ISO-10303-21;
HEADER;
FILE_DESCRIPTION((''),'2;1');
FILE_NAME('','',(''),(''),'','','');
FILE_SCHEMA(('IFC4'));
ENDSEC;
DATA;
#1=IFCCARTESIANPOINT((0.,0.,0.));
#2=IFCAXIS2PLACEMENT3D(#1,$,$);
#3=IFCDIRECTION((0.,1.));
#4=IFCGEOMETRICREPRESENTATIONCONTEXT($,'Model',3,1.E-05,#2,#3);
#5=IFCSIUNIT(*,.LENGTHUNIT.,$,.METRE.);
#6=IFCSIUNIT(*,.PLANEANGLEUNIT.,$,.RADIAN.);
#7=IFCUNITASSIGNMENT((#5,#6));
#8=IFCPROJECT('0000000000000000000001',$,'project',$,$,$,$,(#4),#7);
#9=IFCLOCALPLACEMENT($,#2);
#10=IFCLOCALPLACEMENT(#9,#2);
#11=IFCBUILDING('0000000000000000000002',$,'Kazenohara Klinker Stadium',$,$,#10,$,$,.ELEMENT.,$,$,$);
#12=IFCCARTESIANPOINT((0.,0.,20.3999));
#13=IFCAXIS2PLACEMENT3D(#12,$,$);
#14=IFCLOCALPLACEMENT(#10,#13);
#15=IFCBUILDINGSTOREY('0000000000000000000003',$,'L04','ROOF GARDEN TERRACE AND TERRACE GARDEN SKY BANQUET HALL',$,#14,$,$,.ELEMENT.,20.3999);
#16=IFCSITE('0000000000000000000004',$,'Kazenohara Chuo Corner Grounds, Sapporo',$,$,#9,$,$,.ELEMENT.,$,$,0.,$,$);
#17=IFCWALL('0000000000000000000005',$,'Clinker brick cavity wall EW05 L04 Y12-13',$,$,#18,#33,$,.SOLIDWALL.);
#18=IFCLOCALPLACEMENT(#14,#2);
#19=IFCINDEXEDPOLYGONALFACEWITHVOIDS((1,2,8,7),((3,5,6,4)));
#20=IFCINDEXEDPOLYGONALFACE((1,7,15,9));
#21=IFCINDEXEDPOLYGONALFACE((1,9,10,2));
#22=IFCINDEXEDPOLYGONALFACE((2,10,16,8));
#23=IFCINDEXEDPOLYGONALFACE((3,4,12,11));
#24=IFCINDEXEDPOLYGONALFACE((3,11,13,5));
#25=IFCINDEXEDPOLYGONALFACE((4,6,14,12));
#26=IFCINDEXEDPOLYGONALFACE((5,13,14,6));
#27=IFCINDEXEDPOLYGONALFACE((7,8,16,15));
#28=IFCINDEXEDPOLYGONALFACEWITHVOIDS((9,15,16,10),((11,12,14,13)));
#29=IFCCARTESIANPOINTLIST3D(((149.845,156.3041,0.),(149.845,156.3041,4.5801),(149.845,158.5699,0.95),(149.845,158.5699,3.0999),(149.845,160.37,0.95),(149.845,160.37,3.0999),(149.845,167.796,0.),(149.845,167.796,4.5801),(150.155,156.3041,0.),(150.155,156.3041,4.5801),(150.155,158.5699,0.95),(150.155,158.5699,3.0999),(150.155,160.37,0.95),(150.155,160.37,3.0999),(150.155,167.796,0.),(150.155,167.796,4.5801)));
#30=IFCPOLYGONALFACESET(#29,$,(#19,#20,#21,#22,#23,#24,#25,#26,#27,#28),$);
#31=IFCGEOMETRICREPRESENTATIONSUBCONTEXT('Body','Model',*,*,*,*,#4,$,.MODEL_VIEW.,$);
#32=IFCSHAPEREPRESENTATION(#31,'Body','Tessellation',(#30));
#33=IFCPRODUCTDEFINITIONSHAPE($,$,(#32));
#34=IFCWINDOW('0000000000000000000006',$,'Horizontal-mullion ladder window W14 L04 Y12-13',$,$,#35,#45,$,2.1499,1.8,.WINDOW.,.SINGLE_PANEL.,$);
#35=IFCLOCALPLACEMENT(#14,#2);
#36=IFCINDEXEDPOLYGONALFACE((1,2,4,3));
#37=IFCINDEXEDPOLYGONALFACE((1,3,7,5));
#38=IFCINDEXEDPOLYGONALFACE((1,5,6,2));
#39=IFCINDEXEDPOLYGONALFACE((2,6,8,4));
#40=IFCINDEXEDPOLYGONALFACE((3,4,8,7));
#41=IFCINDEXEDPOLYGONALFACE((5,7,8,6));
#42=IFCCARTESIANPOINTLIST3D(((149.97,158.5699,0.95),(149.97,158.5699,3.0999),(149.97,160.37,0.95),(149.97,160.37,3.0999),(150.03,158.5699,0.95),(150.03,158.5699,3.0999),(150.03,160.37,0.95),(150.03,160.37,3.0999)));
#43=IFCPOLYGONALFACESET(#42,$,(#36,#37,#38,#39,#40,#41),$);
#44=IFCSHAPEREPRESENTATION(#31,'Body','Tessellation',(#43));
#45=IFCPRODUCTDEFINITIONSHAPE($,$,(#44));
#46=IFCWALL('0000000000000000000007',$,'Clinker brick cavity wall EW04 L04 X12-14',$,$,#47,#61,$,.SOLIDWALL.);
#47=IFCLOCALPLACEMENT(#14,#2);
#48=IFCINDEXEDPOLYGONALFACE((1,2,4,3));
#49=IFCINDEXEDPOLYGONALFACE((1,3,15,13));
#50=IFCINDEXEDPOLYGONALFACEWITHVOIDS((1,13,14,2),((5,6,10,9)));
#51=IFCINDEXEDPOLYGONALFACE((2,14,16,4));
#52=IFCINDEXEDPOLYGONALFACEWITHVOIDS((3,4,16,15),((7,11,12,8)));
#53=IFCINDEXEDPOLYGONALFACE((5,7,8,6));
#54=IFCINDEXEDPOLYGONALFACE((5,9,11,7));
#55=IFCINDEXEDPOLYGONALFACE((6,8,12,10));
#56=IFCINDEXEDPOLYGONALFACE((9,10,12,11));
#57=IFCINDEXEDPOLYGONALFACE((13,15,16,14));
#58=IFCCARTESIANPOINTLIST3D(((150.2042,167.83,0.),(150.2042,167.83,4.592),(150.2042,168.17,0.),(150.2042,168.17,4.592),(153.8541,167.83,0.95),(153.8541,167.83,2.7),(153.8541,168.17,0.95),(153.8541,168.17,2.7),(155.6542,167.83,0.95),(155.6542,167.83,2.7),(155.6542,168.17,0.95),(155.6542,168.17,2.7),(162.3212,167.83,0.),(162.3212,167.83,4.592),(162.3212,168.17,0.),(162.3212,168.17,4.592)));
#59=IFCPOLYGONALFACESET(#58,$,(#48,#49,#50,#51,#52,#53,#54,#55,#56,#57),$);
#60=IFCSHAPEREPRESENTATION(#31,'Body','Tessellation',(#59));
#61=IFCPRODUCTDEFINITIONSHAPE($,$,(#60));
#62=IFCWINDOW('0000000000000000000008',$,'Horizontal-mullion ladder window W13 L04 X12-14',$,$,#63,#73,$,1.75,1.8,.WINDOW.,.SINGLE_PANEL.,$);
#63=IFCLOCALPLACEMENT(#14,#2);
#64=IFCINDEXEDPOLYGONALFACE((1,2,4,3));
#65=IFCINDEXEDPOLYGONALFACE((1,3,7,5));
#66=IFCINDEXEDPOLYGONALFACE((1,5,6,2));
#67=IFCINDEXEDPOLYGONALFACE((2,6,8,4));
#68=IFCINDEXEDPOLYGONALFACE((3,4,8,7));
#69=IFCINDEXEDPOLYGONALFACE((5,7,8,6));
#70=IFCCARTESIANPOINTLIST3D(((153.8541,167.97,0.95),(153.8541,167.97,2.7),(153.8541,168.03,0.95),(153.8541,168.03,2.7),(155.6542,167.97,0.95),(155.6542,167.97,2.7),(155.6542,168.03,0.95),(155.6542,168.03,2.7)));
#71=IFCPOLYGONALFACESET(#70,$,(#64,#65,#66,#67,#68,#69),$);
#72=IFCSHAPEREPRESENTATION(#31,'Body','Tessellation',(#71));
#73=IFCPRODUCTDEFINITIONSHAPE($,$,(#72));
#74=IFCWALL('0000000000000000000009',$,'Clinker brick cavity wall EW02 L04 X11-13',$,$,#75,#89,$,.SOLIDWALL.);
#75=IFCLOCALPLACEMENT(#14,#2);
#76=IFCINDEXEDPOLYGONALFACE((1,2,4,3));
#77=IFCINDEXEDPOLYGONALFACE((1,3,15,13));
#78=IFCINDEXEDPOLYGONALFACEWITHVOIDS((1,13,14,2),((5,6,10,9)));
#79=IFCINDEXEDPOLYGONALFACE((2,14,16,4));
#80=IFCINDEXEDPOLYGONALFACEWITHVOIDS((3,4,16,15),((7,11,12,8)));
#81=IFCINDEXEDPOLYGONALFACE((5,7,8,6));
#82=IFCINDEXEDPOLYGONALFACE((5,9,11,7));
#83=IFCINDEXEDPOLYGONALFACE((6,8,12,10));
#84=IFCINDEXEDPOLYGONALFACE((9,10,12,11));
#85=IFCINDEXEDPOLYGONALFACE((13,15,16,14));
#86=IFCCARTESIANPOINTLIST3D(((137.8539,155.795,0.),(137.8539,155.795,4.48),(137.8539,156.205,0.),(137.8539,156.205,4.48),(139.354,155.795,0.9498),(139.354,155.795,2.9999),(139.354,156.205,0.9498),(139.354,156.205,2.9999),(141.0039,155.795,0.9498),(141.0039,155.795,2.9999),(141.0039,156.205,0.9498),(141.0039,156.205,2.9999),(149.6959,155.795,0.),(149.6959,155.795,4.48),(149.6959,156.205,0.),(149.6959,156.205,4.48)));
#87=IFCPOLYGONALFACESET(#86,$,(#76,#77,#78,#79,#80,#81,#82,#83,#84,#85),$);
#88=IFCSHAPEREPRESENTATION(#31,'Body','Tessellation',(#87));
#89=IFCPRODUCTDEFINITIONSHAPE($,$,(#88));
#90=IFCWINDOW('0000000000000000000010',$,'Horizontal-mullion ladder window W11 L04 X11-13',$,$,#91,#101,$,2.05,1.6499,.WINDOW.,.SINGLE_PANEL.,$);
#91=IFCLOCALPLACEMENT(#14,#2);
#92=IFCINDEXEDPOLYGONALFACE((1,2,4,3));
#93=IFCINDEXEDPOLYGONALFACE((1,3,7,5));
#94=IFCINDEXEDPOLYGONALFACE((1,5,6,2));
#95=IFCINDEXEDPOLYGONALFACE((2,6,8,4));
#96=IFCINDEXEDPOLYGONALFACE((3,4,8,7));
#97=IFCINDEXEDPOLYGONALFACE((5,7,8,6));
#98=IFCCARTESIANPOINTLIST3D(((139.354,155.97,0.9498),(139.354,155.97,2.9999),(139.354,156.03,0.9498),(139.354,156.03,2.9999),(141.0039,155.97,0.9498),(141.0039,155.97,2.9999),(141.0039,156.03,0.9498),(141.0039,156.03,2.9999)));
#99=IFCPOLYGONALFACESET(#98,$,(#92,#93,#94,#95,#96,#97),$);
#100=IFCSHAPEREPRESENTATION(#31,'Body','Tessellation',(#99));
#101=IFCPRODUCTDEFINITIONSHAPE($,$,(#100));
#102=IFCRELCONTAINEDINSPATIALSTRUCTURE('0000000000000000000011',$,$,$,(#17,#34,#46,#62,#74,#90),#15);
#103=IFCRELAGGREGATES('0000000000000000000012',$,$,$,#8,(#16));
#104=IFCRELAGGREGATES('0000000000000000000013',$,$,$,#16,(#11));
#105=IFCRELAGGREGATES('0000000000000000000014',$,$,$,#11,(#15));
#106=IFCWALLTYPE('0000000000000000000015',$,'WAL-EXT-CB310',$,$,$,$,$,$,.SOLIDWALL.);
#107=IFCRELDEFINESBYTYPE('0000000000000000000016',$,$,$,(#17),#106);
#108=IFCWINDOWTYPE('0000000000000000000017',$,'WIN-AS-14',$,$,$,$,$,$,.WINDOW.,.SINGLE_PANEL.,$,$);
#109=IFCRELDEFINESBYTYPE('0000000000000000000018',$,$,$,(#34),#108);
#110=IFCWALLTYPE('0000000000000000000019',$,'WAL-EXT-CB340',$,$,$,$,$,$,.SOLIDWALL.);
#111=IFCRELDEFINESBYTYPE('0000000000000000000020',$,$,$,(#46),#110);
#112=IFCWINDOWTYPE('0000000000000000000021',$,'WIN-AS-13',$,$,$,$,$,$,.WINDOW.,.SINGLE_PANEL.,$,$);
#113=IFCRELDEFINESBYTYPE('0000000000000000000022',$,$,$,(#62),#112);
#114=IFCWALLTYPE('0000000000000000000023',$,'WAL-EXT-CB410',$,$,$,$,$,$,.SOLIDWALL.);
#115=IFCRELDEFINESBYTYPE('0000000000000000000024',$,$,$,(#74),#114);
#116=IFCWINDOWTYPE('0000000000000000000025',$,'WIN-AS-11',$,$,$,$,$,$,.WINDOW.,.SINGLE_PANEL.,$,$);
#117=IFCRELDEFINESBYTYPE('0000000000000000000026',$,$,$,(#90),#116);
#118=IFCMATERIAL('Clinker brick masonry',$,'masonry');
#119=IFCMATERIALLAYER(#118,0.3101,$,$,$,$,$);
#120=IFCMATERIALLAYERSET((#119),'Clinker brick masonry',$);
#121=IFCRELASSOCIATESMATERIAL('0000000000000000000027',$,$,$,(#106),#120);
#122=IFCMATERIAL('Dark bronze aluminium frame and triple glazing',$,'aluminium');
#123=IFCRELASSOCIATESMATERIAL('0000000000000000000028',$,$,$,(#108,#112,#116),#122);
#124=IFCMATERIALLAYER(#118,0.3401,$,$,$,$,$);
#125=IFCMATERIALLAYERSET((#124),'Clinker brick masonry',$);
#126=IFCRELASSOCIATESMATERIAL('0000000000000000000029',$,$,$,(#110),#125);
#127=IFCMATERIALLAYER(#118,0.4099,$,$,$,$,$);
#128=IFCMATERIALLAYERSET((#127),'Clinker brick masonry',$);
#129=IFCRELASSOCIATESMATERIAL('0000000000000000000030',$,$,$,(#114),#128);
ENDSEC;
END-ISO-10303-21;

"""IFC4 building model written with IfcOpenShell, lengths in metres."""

from ifc_helpers import new_model, si_unit, direction, frame, frame_2d, origin, place, context, subcontext, project, spatial, rectangle, extrude, material, layer, layer_set, type_object, element, fill, save


model = new_model("IFC4")

# Units and contexts
model_context = context("Model", 3, precision=1e-05, world=origin(), true_north=direction((0.0, 1.0)))
body_context = subcontext(model_context, "Body", "Model", "MODEL_VIEW")
ifc_project = project(units=[si_unit("LENGTHUNIT", "METRE"), si_unit("PLANEANGLEUNIT", "RADIAN")], contexts=[model_context])

# Site, building, storey
site_placement = place(None, origin())
site = spatial("IfcSite", under=ifc_project, at=site_placement, Name="Kazenohara Chuo Corner Grounds, Sapporo", CompositionType="ELEMENT", RefElevation=0.0)
building_placement = place(site_placement, origin())
building = spatial("IfcBuilding", under=site, at=building_placement, Name="Kazenohara Klinker Stadium", CompositionType="ELEMENT")
storey_placement = place(building_placement, frame((0.0, 0.0, 20.3999)))
storey = spatial("IfcBuildingStorey", under=building, at=storey_placement, Name="L04", Description="ROOF GARDEN TERRACE AND TERRACE GARDEN SKY BANQUET HALL", CompositionType="ELEMENT", Elevation=20.3999)

# Walls, openings, windows
ifc_material_1 = material(Name="Clinker brick masonry", Category="masonry")
ifc_layer_1 = layer(ifc_material_1, 0.3101)
ifc_layer_set_1 = layer_set([ifc_layer_1], Name="Clinker brick masonry")
wall_type_1 = type_object("IfcWallType", Name="WAL-EXT-CB310", PredefinedType="SOLIDWALL", material=ifc_layer_set_1)
wall_1_placement = place(storey_placement, frame((150.0, 156.304, 0.0), z_axis=(0.0, 0.0, 1.0), x_axis=(0.0, 1.0, 0.0)))
wall_1 = element("IfcWall", 1, at=wall_1_placement, inside=storey, type_object=wall_type_1, Name="Clinker brick cavity wall EW05 L04 Y12-13", PredefinedType="SOLIDWALL", context=body_context, shape_type="SweptSolid", body=[
    extrude(rectangle(XDim=11.4919, YDim=0.3101, at=frame_2d((5.7461, 0.0))), origin(), (0.0, 0.0, 1.0), 4.5801),
])
opening_1_placement = place(wall_1_placement, frame((2.2661, 0.0, 0.95)))
opening_1 = element("IfcOpeningElement", 2, at=opening_1_placement, cuts=wall_1, PredefinedType="OPENING", context=body_context, shape_type="SweptSolid", body=[
    extrude(rectangle(XDim=1.8, YDim=2.1499, at=frame_2d((0.8999, 1.075))), frame((0.0, 0.165, 0.0), z_axis=(0.0, -1.0, 0.0), x_axis=(1.0, 0.0, 0.0)), (0.0, 0.0, 1.0), 0.3301),
])
ifc_material_2 = material(Name="Dark bronze aluminium frame and triple glazing", Category="aluminium")
window_type_1 = type_object("IfcWindowType", Name="WIN-AS-14", PartitioningType="SINGLE_PANEL", PredefinedType="WINDOW", material=ifc_material_2)
window_1_placement = place(opening_1_placement, origin())
window_1 = element("IfcWindow", 3, at=window_1_placement, inside=storey, type_object=window_type_1, Name="Horizontal-mullion ladder window W14 L04 Y12-13", OverallHeight=2.1499, OverallWidth=1.8, PartitioningType="SINGLE_PANEL", PredefinedType="WINDOW", context=body_context, shape_type="SweptSolid", body=[
    extrude(rectangle(XDim=1.8, YDim=2.1499, at=frame_2d((0.8999, 1.075))), frame((0.0, 0.03, 0.0), z_axis=(0.0, -1.0, 0.0), x_axis=(1.0, 0.0, 0.0)), (0.0, 0.0, 1.0), 0.0601),
])
fill(opening_1, window_1)
ifc_layer_2 = layer(ifc_material_1, 0.3401)
ifc_layer_set_2 = layer_set([ifc_layer_2], Name="Clinker brick masonry")
wall_type_2 = type_object("IfcWallType", Name="WAL-EXT-CB340", PredefinedType="SOLIDWALL", material=ifc_layer_set_2)
wall_2_placement = place(storey_placement, frame((150.2041, 168.0, 0.0), z_axis=(0.0, 0.0, 1.0), x_axis=(1.0, 0.0, 0.0)))
wall_2 = element("IfcWall", 4, at=wall_2_placement, inside=storey, type_object=wall_type_2, Name="Clinker brick cavity wall EW04 L04 X12-14", PredefinedType="SOLIDWALL", context=body_context, shape_type="SweptSolid", body=[
    extrude(rectangle(XDim=12.1169, YDim=0.3401, at=frame_2d((6.0586, 0.0))), origin(), (0.0, 0.0, 1.0), 4.592),
])
opening_2_placement = place(wall_2_placement, frame((3.6501, 0.0, 0.95)))
opening_2 = element("IfcOpeningElement", 5, at=opening_2_placement, cuts=wall_2, PredefinedType="OPENING", context=body_context, shape_type="SweptSolid", body=[
    extrude(rectangle(XDim=1.8, YDim=1.75, at=frame_2d((0.8999, 0.875))), frame((0.0, 0.1802, 0.0), z_axis=(0.0, -1.0, 0.0), x_axis=(1.0, 0.0, 0.0)), (0.0, 0.0, 1.0), 0.3601),
])
window_type_2 = type_object("IfcWindowType", Name="WIN-AS-13", PartitioningType="SINGLE_PANEL", PredefinedType="WINDOW", material=ifc_material_2)
window_2_placement = place(opening_2_placement, origin())
window_2 = element("IfcWindow", 6, at=window_2_placement, inside=storey, type_object=window_type_2, Name="Horizontal-mullion ladder window W13 L04 X12-14", OverallHeight=1.75, OverallWidth=1.8, PartitioningType="SINGLE_PANEL", PredefinedType="WINDOW", context=body_context, shape_type="SweptSolid", body=[
    extrude(rectangle(XDim=1.8, YDim=1.75, at=frame_2d((0.8999, 0.875))), frame((0.0, 0.03, 0.0), z_axis=(0.0, -1.0, 0.0), x_axis=(1.0, 0.0, 0.0)), (0.0, 0.0, 1.0), 0.0601),
])
fill(opening_2, window_2)
ifc_layer_3 = layer(ifc_material_1, 0.4099)
ifc_layer_set_3 = layer_set([ifc_layer_3], Name="Clinker brick masonry")
wall_type_3 = type_object("IfcWallType", Name="WAL-EXT-CB410", PredefinedType="SOLIDWALL", material=ifc_layer_set_3)
wall_3_placement = place(storey_placement, frame((137.854, 156.0, 0.0), z_axis=(0.0, 0.0, 1.0), x_axis=(1.0, 0.0, 0.0)))
wall_3 = element("IfcWall", 7, at=wall_3_placement, inside=storey, type_object=wall_type_3, Name="Clinker brick cavity wall EW02 L04 X11-13", PredefinedType="SOLIDWALL", context=body_context, shape_type="SweptSolid", body=[
    extrude(rectangle(XDim=11.842, YDim=0.4099, at=frame_2d((5.9209, 0.0))), origin(), (0.0, 0.0, 1.0), 4.48),
])
opening_3_placement = place(wall_3_placement, frame((1.5, 0.0, 0.95)))
opening_3 = element("IfcOpeningElement", 8, at=opening_3_placement, cuts=wall_3, PredefinedType="OPENING", context=body_context, shape_type="SweptSolid", body=[
    extrude(rectangle(XDim=1.6499, YDim=2.05, at=frame_2d((0.825, 1.0249))), frame((0.0, 0.2148, 0.0), z_axis=(0.0, -1.0, 0.0), x_axis=(1.0, 0.0, 0.0)), (0.0, 0.0, 1.0), 0.4299),
])
window_type_3 = type_object("IfcWindowType", Name="WIN-AS-11", PartitioningType="SINGLE_PANEL", PredefinedType="WINDOW", material=ifc_material_2)
window_3_placement = place(opening_3_placement, origin())
window_3 = element("IfcWindow", 9, at=window_3_placement, inside=storey, type_object=window_type_3, Name="Horizontal-mullion ladder window W11 L04 X11-13", OverallHeight=2.05, OverallWidth=1.6499, PartitioningType="SINGLE_PANEL", PredefinedType="WINDOW", context=body_context, shape_type="SweptSolid", body=[
    extrude(rectangle(XDim=1.6499, YDim=2.05, at=frame_2d((0.825, 1.0249))), frame((0.0, 0.03, 0.0), z_axis=(0.0, -1.0, 0.0), x_axis=(1.0, 0.0, 0.0)), (0.0, 0.0, 1.0), 0.0601),
])
fill(opening_3, window_3)

save(model, "model.ifc")
